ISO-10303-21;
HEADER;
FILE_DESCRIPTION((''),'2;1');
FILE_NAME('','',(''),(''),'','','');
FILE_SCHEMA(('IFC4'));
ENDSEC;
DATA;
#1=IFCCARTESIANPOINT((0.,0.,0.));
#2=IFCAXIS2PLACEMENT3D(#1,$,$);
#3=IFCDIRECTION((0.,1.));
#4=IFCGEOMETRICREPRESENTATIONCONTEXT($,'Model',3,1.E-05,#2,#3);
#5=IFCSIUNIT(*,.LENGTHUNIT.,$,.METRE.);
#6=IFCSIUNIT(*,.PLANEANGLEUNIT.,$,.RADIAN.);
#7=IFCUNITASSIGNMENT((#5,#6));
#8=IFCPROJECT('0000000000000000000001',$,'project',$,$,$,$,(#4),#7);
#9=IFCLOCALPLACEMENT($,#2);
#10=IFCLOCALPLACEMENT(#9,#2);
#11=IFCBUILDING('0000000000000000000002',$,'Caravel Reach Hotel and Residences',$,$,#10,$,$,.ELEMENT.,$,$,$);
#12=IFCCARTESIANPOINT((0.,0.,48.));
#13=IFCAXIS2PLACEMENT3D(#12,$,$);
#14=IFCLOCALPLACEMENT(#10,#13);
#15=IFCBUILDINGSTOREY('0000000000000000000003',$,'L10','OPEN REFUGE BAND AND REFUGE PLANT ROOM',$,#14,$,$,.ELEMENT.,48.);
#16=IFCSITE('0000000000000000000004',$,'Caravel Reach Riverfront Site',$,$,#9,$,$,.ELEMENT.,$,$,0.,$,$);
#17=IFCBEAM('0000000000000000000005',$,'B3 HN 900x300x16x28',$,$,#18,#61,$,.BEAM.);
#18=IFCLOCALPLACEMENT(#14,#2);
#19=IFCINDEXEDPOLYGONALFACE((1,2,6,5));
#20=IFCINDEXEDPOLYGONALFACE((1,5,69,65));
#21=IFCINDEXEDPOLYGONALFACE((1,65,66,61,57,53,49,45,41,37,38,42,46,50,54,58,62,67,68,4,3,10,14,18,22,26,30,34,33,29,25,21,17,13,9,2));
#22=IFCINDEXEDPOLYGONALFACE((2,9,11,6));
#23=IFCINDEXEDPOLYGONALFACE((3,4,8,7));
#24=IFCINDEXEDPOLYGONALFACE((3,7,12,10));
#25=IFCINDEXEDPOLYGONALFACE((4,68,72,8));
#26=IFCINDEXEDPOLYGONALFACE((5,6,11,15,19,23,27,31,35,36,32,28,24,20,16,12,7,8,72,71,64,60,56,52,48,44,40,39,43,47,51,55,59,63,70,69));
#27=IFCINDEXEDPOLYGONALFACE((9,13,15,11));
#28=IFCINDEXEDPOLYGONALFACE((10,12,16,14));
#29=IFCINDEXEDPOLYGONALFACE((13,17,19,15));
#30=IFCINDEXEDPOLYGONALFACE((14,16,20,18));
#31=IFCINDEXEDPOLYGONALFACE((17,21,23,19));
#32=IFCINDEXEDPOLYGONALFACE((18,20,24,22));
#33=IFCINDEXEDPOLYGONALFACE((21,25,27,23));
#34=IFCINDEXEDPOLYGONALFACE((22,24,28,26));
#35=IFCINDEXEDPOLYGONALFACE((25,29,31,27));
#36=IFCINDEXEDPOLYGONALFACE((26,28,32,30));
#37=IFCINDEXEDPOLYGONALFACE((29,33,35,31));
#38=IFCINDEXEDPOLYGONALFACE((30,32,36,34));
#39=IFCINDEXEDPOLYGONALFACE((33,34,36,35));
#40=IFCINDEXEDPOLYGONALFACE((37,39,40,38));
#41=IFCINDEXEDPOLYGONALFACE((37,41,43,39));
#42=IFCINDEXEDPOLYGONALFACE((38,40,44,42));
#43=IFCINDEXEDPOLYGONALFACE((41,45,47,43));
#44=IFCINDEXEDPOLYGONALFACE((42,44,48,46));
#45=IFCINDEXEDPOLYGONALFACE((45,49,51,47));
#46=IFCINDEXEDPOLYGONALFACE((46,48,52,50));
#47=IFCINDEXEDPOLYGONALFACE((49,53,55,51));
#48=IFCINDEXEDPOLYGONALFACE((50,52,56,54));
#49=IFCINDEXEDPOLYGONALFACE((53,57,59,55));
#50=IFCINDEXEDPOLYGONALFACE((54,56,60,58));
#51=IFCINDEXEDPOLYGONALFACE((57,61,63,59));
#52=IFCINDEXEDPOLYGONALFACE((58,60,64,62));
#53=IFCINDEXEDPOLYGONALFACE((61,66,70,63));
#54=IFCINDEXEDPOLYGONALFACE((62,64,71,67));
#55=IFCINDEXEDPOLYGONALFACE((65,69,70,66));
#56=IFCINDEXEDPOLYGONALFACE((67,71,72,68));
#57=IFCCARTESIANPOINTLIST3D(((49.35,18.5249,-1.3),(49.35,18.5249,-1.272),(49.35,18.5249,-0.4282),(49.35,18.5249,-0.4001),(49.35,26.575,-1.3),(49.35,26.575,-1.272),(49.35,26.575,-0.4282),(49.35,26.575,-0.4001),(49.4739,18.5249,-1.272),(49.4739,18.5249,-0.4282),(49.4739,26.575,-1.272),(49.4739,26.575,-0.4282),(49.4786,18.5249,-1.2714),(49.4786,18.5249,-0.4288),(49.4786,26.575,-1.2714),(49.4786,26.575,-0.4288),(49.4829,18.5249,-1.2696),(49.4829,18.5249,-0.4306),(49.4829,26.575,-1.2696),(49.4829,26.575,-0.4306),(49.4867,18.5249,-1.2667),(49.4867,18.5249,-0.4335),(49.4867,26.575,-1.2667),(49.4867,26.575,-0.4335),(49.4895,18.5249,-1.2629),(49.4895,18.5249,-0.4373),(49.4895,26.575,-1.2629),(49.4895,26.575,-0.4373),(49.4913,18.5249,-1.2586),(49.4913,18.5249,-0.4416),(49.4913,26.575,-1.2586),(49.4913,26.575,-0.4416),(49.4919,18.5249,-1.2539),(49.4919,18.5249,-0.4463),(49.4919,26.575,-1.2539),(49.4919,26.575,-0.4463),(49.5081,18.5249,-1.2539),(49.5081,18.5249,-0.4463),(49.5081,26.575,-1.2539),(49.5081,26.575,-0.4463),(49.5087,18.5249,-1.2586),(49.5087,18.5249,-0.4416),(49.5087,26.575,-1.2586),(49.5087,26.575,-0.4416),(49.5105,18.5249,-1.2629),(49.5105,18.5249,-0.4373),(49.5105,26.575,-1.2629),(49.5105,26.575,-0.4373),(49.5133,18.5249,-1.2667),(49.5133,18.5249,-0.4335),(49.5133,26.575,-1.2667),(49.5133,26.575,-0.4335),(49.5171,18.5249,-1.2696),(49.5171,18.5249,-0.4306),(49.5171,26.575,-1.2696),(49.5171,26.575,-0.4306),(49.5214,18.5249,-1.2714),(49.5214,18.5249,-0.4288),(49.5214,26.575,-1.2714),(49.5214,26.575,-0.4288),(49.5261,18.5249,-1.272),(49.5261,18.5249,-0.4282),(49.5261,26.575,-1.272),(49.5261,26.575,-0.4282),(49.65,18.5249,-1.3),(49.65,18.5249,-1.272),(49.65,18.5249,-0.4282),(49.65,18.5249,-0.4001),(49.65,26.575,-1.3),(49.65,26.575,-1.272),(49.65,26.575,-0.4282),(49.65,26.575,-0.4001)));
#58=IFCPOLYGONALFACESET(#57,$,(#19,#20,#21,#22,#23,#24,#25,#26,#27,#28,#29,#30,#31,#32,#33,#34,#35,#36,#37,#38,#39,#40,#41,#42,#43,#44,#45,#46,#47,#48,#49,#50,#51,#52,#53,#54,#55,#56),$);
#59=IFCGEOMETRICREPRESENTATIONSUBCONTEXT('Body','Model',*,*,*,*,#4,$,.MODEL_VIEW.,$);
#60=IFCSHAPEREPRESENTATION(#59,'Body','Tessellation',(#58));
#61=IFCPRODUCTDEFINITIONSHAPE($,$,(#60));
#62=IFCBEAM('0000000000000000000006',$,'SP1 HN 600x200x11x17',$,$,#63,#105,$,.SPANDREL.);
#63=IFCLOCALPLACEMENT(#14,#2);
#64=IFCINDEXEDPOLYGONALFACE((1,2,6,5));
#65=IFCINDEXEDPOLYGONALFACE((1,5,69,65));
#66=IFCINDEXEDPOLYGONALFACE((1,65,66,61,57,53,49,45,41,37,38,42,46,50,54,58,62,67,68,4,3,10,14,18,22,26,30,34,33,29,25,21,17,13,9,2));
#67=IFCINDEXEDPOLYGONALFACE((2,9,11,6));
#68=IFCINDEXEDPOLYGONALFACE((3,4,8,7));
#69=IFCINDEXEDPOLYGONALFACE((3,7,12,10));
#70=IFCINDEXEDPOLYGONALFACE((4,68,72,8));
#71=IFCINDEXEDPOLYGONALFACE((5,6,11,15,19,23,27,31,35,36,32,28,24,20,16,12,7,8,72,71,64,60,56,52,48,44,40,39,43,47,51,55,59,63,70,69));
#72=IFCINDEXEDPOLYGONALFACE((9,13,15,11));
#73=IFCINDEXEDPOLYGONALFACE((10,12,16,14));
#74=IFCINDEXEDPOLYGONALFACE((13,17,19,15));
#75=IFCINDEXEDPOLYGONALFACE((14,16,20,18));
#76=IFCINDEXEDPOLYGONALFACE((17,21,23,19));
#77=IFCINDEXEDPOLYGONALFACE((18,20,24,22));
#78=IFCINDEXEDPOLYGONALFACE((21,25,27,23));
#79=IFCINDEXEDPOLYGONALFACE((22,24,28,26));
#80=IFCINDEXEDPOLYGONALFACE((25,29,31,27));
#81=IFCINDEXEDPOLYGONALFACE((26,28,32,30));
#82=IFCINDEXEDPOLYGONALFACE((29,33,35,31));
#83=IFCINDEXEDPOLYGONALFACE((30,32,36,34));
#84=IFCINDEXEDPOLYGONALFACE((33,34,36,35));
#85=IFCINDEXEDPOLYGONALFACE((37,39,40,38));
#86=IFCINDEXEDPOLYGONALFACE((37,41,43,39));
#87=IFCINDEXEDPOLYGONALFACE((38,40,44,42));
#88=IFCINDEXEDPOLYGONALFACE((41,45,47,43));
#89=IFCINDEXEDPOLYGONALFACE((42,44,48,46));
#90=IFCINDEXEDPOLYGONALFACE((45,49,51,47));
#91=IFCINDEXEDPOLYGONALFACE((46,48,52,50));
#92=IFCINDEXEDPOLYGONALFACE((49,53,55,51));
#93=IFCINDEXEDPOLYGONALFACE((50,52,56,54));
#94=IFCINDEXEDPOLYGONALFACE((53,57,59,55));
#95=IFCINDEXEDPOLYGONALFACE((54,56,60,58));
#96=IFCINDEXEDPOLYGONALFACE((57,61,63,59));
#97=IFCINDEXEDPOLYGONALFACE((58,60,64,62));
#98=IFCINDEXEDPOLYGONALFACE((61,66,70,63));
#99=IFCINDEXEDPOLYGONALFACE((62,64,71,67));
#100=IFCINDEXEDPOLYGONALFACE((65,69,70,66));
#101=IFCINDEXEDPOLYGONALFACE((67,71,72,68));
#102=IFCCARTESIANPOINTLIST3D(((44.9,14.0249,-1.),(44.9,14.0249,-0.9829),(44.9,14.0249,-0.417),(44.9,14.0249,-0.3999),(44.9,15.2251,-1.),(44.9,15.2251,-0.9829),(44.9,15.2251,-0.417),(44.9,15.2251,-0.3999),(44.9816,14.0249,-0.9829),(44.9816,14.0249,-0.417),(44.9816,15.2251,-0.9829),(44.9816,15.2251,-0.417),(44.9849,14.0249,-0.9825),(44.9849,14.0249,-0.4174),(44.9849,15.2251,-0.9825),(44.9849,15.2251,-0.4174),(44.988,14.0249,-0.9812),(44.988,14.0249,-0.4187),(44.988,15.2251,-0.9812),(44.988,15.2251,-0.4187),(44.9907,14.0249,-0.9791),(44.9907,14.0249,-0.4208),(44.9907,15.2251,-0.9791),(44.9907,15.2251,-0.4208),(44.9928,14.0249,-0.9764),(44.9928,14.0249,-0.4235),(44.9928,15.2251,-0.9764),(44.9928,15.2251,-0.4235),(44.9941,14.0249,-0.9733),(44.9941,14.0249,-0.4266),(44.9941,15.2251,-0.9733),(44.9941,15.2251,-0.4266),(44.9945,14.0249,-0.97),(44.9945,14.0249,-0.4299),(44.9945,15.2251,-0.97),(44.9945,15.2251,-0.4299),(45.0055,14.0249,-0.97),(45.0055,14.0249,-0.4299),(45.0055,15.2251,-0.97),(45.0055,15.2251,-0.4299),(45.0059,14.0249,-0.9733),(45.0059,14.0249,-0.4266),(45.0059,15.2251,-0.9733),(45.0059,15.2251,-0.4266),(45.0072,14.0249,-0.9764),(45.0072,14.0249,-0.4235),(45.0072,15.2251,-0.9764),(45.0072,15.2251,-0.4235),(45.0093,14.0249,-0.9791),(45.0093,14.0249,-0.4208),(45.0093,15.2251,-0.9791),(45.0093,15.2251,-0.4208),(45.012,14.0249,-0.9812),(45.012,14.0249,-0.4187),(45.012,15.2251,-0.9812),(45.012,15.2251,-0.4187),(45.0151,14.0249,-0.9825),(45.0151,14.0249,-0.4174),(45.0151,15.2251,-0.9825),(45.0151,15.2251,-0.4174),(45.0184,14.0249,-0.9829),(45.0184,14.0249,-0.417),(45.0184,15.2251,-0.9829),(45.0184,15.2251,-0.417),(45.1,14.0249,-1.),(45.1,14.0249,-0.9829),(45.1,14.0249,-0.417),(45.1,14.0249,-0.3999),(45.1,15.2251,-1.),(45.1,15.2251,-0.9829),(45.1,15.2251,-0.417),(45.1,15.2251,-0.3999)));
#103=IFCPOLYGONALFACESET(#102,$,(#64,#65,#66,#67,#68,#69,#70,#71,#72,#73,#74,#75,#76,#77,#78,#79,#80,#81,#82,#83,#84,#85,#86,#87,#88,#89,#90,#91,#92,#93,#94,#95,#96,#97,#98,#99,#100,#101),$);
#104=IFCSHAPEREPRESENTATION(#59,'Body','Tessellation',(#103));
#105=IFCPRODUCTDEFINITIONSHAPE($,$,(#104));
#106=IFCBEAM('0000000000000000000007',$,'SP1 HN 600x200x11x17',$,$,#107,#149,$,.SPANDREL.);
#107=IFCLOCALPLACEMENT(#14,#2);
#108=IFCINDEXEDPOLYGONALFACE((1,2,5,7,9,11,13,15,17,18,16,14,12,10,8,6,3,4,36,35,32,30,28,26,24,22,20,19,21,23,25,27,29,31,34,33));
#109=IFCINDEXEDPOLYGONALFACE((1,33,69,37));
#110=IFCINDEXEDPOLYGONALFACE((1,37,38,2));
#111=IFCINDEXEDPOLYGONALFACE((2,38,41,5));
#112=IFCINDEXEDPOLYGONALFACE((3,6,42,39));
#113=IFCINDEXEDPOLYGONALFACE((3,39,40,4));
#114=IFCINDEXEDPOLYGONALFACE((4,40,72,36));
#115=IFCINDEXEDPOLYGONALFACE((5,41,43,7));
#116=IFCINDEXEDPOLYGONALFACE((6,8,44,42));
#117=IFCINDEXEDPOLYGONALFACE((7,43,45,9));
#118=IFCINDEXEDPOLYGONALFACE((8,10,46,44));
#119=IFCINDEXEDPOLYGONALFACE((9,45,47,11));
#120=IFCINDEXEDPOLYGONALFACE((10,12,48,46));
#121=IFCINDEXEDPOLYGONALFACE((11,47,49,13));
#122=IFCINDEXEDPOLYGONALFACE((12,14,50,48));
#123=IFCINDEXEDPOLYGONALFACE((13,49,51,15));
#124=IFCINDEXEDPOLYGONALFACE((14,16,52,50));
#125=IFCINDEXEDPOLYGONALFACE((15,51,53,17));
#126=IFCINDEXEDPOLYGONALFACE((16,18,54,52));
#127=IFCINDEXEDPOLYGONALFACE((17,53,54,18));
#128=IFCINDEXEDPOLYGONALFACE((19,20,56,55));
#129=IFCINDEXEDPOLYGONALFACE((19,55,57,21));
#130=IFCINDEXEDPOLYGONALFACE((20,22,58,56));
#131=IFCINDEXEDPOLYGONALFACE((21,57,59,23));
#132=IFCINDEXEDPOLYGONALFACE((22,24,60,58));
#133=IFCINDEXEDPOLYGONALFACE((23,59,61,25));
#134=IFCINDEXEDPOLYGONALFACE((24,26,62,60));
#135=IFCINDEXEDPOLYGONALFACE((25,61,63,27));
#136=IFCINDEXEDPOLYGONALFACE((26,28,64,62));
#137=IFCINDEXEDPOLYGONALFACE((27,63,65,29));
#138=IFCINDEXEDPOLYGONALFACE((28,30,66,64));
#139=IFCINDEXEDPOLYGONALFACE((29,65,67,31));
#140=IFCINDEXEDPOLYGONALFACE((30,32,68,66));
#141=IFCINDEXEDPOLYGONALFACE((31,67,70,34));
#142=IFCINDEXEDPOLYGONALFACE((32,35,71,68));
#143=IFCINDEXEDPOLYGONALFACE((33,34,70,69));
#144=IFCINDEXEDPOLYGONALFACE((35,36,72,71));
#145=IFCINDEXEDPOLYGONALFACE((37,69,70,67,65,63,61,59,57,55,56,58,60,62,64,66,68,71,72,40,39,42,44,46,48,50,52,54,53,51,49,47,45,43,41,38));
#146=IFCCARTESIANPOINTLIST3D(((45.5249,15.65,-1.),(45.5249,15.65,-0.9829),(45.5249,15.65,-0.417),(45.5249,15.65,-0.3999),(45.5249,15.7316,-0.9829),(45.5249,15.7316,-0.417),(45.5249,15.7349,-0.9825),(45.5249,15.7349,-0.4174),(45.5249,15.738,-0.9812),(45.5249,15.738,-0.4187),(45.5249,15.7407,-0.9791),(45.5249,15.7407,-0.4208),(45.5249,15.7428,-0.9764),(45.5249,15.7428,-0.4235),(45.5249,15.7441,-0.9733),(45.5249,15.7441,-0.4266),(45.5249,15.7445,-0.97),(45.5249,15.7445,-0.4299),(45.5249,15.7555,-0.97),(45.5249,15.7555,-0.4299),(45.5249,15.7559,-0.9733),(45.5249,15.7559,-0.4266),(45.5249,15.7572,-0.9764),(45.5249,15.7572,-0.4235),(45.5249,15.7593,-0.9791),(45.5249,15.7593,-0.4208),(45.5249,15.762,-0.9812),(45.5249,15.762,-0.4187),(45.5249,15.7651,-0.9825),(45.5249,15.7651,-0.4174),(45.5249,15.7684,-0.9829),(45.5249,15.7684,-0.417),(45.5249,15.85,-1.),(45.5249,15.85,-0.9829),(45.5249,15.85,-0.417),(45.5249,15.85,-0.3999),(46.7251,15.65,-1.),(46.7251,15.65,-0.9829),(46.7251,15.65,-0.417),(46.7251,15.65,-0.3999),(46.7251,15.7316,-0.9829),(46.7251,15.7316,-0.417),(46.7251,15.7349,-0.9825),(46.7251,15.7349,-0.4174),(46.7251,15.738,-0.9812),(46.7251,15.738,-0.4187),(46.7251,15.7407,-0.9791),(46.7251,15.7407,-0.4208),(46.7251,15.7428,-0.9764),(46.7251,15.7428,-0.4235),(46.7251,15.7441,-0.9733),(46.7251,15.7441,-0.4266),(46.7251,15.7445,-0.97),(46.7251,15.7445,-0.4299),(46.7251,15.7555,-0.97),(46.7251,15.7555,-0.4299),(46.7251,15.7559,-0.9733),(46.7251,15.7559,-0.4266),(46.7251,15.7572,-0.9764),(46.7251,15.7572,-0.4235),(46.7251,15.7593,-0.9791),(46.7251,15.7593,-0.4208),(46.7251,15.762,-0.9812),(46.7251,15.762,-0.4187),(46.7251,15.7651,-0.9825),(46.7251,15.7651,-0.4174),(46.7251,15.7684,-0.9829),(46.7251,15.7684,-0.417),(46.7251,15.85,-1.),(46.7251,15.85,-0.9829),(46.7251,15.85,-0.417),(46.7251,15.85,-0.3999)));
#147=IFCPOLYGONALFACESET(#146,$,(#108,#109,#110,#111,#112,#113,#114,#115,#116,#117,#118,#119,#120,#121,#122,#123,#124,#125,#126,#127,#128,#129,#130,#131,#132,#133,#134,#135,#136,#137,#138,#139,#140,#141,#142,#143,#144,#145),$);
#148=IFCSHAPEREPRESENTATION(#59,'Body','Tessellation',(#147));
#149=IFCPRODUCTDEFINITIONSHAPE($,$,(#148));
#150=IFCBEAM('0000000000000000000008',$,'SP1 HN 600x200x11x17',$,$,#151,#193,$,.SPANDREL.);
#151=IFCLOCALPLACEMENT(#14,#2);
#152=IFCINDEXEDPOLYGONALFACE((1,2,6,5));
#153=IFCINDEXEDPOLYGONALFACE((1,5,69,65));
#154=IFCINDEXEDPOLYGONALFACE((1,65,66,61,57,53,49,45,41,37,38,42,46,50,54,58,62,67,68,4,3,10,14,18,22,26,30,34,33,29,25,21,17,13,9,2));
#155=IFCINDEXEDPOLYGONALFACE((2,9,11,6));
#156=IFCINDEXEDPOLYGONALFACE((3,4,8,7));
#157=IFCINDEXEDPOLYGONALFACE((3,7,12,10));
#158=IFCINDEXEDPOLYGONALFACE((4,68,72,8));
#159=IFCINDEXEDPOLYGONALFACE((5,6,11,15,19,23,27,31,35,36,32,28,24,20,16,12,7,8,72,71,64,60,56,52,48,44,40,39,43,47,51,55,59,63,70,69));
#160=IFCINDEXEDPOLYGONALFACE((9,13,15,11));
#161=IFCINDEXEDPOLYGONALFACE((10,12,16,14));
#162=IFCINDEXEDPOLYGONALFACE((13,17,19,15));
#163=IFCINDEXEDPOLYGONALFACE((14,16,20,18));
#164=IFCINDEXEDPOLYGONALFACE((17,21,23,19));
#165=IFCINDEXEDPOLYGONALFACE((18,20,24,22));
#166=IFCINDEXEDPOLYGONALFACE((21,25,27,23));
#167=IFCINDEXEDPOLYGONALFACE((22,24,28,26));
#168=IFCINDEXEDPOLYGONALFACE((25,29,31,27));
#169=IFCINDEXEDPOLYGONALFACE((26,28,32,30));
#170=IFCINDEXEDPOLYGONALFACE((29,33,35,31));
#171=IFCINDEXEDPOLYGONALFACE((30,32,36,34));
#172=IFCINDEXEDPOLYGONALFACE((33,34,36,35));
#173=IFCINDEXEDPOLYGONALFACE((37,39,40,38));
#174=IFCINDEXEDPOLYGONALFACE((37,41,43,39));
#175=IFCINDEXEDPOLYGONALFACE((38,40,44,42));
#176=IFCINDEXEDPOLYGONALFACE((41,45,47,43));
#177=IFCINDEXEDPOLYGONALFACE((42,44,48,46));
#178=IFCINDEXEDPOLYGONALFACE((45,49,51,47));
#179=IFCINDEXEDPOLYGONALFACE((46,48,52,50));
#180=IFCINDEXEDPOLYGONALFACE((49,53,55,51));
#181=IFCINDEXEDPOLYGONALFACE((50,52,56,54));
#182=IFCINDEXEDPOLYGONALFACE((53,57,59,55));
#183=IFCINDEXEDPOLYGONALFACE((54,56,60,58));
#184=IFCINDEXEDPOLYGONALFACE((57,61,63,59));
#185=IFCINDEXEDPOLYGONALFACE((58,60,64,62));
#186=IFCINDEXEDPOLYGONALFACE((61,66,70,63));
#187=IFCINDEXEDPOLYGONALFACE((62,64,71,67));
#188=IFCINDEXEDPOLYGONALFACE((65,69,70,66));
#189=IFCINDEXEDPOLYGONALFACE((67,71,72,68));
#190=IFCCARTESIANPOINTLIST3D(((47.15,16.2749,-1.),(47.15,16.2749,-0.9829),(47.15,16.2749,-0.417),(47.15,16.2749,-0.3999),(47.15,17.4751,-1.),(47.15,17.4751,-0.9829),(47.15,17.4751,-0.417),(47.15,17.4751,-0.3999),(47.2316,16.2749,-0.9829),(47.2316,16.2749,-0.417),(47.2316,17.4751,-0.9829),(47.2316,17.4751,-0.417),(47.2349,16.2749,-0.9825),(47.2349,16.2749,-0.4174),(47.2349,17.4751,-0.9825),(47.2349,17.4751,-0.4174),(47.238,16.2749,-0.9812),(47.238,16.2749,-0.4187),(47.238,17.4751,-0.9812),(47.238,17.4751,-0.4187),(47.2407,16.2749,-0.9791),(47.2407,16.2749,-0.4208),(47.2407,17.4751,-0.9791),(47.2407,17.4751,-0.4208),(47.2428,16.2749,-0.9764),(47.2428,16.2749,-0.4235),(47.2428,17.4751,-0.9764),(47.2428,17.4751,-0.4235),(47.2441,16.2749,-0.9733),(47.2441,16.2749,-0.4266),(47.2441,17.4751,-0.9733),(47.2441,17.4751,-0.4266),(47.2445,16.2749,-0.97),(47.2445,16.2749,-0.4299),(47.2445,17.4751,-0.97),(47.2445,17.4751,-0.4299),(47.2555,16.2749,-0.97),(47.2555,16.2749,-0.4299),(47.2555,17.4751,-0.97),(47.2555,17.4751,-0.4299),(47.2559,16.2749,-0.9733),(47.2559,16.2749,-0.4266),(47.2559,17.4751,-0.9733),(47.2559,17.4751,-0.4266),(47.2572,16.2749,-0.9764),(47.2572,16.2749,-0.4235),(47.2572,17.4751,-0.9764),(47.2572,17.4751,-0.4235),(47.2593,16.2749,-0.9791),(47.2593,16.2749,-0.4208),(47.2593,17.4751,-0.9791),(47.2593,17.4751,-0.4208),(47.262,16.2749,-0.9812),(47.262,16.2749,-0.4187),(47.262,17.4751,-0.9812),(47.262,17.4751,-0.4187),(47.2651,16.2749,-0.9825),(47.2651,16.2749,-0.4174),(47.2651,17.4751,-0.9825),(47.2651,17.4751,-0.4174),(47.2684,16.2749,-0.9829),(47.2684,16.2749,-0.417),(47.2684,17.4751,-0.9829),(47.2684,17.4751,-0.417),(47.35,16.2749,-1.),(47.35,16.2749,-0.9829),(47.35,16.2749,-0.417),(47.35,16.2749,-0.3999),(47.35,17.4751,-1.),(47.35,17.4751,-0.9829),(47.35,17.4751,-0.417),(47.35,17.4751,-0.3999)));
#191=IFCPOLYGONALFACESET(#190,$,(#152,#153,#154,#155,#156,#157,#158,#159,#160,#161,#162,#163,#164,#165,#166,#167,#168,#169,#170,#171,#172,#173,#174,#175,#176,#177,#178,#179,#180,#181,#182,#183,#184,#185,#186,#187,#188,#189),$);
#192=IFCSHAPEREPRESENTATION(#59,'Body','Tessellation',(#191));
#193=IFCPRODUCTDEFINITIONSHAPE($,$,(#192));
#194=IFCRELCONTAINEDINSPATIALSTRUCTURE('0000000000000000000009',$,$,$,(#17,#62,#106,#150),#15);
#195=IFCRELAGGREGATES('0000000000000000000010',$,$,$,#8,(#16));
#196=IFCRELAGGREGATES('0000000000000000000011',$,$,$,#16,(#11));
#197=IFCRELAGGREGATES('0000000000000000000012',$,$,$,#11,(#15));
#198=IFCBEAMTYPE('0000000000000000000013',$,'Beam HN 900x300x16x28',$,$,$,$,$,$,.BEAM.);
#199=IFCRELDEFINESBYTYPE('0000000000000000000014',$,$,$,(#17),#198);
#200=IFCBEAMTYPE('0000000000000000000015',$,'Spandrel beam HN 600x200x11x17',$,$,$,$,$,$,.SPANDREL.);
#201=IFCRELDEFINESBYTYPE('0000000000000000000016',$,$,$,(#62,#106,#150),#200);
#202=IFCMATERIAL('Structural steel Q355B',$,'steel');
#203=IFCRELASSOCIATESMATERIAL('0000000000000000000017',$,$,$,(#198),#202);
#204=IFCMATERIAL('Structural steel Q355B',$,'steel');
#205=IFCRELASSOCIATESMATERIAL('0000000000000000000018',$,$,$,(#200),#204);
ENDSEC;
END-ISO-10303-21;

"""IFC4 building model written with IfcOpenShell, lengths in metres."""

from ifc_helpers import new_model, si_unit, direction, frame, origin, origin_2d, place, context, subcontext, project, spatial, i_section, extrude, material, material_profile, profile_set, type_object, element, save


model = new_model("IFC4")

# Units and contexts
model_context = context("Model", 3, precision=1e-05, world=origin(), true_north=direction((0.0, 1.0)))
body_context = subcontext(model_context, "Body", "Model", "MODEL_VIEW")
ifc_project = project(units=[si_unit("LENGTHUNIT", "METRE"), si_unit("PLANEANGLEUNIT", "RADIAN")], contexts=[model_context])

# Site, building, storey
site_placement = place(None, origin())
site = spatial("IfcSite", under=ifc_project, at=site_placement, Name="Caravel Reach Riverfront Site", CompositionType="ELEMENT", RefElevation=0.0)
building_placement = place(site_placement, origin())
building = spatial("IfcBuilding", under=site, at=building_placement, Name="Caravel Reach Hotel and Residences", CompositionType="ELEMENT")
storey_placement = place(building_placement, frame((0.0, 0.0, 48.0)))
storey = spatial("IfcBuildingStorey", under=building, at=storey_placement, Name="L10", Description="OPEN REFUGE BAND AND REFUGE PLANT ROOM", CompositionType="ELEMENT", Elevation=48.0)

# Beams
ifc_material_1 = material(Name="Structural steel Q355B", Category="steel")
ifc_material_profile_1 = material_profile(ifc_material_1, i_section(OverallWidth=0.3, OverallDepth=0.8999, WebThickness=0.0161, FlangeThickness=0.0281, FilletRadius=0.0181, at=origin_2d()), Name="HN 900x300x16x28")
ifc_profile_set_1 = profile_set([ifc_material_profile_1], Name="Structural steel Q355B")
beam_type_1 = type_object("IfcBeamType", Name="Beam HN 900x300x16x28", PredefinedType="BEAM", material=ifc_profile_set_1)
beam_1_placement = place(storey_placement, frame((49.5, 18.5249, -0.8501), z_axis=(0.0, 1.0, 0.0), x_axis=(-1.0, 0.0, 0.0)))
element("IfcBeam", 1, at=beam_1_placement, inside=storey, type_object=beam_type_1, Name="B3 HN 900x300x16x28", PredefinedType="BEAM", context=body_context, shape_type="SweptSolid", body=[
    extrude(i_section(OverallWidth=0.3, OverallDepth=0.8999, WebThickness=0.0161, FlangeThickness=0.0281, FilletRadius=0.0181, at=origin_2d()), origin(), (0.0, 0.0, 1.0), 8.05),
])
ifc_material_2 = material(Name="Structural steel Q355B", Category="steel")
ifc_material_profile_2 = material_profile(ifc_material_2, i_section(OverallWidth=0.2, OverallDepth=0.6001, WebThickness=0.011, FlangeThickness=0.0171, FilletRadius=0.0129, at=origin_2d()), Name="HN 600x200x11x17")
ifc_profile_set_2 = profile_set([ifc_material_profile_2], Name="Structural steel Q355B")
beam_type_2 = type_object("IfcBeamType", Name="Spandrel beam HN 600x200x11x17", PredefinedType="SPANDREL", material=ifc_profile_set_2)
for number, where, z_axis, x_axis, name in (
    (2, (45.0, 14.0249, -0.7), (0.0, 1.0, 0.0), (-1.0, 0.0, 0.0), "SP1 HN 600x200x11x17"),
    (3, (45.5249, 15.75, -0.7), (1.0, 0.0, 0.0), (0.0, 1.0, 0.0), "SP1 HN 600x200x11x17"),
    (4, (47.25, 16.2749, -0.7), (0.0, 1.0, 0.0), (-1.0, 0.0, 0.0), "SP1 HN 600x200x11x17"),
):
    element("IfcBeam", number, at=place(storey_placement, frame(where, z_axis=z_axis, x_axis=x_axis)), inside=storey, type_object=beam_type_2, Name=name, PredefinedType="SPANDREL", context=body_context, shape_type="SweptSolid", body=[
        extrude(i_section(OverallWidth=0.2, OverallDepth=0.6001, WebThickness=0.011, FlangeThickness=0.0171, FilletRadius=0.0129, at=origin_2d()), origin(), (0.0, 0.0, 1.0), 1.2002),
    ])

save(model, "model.ifc")
